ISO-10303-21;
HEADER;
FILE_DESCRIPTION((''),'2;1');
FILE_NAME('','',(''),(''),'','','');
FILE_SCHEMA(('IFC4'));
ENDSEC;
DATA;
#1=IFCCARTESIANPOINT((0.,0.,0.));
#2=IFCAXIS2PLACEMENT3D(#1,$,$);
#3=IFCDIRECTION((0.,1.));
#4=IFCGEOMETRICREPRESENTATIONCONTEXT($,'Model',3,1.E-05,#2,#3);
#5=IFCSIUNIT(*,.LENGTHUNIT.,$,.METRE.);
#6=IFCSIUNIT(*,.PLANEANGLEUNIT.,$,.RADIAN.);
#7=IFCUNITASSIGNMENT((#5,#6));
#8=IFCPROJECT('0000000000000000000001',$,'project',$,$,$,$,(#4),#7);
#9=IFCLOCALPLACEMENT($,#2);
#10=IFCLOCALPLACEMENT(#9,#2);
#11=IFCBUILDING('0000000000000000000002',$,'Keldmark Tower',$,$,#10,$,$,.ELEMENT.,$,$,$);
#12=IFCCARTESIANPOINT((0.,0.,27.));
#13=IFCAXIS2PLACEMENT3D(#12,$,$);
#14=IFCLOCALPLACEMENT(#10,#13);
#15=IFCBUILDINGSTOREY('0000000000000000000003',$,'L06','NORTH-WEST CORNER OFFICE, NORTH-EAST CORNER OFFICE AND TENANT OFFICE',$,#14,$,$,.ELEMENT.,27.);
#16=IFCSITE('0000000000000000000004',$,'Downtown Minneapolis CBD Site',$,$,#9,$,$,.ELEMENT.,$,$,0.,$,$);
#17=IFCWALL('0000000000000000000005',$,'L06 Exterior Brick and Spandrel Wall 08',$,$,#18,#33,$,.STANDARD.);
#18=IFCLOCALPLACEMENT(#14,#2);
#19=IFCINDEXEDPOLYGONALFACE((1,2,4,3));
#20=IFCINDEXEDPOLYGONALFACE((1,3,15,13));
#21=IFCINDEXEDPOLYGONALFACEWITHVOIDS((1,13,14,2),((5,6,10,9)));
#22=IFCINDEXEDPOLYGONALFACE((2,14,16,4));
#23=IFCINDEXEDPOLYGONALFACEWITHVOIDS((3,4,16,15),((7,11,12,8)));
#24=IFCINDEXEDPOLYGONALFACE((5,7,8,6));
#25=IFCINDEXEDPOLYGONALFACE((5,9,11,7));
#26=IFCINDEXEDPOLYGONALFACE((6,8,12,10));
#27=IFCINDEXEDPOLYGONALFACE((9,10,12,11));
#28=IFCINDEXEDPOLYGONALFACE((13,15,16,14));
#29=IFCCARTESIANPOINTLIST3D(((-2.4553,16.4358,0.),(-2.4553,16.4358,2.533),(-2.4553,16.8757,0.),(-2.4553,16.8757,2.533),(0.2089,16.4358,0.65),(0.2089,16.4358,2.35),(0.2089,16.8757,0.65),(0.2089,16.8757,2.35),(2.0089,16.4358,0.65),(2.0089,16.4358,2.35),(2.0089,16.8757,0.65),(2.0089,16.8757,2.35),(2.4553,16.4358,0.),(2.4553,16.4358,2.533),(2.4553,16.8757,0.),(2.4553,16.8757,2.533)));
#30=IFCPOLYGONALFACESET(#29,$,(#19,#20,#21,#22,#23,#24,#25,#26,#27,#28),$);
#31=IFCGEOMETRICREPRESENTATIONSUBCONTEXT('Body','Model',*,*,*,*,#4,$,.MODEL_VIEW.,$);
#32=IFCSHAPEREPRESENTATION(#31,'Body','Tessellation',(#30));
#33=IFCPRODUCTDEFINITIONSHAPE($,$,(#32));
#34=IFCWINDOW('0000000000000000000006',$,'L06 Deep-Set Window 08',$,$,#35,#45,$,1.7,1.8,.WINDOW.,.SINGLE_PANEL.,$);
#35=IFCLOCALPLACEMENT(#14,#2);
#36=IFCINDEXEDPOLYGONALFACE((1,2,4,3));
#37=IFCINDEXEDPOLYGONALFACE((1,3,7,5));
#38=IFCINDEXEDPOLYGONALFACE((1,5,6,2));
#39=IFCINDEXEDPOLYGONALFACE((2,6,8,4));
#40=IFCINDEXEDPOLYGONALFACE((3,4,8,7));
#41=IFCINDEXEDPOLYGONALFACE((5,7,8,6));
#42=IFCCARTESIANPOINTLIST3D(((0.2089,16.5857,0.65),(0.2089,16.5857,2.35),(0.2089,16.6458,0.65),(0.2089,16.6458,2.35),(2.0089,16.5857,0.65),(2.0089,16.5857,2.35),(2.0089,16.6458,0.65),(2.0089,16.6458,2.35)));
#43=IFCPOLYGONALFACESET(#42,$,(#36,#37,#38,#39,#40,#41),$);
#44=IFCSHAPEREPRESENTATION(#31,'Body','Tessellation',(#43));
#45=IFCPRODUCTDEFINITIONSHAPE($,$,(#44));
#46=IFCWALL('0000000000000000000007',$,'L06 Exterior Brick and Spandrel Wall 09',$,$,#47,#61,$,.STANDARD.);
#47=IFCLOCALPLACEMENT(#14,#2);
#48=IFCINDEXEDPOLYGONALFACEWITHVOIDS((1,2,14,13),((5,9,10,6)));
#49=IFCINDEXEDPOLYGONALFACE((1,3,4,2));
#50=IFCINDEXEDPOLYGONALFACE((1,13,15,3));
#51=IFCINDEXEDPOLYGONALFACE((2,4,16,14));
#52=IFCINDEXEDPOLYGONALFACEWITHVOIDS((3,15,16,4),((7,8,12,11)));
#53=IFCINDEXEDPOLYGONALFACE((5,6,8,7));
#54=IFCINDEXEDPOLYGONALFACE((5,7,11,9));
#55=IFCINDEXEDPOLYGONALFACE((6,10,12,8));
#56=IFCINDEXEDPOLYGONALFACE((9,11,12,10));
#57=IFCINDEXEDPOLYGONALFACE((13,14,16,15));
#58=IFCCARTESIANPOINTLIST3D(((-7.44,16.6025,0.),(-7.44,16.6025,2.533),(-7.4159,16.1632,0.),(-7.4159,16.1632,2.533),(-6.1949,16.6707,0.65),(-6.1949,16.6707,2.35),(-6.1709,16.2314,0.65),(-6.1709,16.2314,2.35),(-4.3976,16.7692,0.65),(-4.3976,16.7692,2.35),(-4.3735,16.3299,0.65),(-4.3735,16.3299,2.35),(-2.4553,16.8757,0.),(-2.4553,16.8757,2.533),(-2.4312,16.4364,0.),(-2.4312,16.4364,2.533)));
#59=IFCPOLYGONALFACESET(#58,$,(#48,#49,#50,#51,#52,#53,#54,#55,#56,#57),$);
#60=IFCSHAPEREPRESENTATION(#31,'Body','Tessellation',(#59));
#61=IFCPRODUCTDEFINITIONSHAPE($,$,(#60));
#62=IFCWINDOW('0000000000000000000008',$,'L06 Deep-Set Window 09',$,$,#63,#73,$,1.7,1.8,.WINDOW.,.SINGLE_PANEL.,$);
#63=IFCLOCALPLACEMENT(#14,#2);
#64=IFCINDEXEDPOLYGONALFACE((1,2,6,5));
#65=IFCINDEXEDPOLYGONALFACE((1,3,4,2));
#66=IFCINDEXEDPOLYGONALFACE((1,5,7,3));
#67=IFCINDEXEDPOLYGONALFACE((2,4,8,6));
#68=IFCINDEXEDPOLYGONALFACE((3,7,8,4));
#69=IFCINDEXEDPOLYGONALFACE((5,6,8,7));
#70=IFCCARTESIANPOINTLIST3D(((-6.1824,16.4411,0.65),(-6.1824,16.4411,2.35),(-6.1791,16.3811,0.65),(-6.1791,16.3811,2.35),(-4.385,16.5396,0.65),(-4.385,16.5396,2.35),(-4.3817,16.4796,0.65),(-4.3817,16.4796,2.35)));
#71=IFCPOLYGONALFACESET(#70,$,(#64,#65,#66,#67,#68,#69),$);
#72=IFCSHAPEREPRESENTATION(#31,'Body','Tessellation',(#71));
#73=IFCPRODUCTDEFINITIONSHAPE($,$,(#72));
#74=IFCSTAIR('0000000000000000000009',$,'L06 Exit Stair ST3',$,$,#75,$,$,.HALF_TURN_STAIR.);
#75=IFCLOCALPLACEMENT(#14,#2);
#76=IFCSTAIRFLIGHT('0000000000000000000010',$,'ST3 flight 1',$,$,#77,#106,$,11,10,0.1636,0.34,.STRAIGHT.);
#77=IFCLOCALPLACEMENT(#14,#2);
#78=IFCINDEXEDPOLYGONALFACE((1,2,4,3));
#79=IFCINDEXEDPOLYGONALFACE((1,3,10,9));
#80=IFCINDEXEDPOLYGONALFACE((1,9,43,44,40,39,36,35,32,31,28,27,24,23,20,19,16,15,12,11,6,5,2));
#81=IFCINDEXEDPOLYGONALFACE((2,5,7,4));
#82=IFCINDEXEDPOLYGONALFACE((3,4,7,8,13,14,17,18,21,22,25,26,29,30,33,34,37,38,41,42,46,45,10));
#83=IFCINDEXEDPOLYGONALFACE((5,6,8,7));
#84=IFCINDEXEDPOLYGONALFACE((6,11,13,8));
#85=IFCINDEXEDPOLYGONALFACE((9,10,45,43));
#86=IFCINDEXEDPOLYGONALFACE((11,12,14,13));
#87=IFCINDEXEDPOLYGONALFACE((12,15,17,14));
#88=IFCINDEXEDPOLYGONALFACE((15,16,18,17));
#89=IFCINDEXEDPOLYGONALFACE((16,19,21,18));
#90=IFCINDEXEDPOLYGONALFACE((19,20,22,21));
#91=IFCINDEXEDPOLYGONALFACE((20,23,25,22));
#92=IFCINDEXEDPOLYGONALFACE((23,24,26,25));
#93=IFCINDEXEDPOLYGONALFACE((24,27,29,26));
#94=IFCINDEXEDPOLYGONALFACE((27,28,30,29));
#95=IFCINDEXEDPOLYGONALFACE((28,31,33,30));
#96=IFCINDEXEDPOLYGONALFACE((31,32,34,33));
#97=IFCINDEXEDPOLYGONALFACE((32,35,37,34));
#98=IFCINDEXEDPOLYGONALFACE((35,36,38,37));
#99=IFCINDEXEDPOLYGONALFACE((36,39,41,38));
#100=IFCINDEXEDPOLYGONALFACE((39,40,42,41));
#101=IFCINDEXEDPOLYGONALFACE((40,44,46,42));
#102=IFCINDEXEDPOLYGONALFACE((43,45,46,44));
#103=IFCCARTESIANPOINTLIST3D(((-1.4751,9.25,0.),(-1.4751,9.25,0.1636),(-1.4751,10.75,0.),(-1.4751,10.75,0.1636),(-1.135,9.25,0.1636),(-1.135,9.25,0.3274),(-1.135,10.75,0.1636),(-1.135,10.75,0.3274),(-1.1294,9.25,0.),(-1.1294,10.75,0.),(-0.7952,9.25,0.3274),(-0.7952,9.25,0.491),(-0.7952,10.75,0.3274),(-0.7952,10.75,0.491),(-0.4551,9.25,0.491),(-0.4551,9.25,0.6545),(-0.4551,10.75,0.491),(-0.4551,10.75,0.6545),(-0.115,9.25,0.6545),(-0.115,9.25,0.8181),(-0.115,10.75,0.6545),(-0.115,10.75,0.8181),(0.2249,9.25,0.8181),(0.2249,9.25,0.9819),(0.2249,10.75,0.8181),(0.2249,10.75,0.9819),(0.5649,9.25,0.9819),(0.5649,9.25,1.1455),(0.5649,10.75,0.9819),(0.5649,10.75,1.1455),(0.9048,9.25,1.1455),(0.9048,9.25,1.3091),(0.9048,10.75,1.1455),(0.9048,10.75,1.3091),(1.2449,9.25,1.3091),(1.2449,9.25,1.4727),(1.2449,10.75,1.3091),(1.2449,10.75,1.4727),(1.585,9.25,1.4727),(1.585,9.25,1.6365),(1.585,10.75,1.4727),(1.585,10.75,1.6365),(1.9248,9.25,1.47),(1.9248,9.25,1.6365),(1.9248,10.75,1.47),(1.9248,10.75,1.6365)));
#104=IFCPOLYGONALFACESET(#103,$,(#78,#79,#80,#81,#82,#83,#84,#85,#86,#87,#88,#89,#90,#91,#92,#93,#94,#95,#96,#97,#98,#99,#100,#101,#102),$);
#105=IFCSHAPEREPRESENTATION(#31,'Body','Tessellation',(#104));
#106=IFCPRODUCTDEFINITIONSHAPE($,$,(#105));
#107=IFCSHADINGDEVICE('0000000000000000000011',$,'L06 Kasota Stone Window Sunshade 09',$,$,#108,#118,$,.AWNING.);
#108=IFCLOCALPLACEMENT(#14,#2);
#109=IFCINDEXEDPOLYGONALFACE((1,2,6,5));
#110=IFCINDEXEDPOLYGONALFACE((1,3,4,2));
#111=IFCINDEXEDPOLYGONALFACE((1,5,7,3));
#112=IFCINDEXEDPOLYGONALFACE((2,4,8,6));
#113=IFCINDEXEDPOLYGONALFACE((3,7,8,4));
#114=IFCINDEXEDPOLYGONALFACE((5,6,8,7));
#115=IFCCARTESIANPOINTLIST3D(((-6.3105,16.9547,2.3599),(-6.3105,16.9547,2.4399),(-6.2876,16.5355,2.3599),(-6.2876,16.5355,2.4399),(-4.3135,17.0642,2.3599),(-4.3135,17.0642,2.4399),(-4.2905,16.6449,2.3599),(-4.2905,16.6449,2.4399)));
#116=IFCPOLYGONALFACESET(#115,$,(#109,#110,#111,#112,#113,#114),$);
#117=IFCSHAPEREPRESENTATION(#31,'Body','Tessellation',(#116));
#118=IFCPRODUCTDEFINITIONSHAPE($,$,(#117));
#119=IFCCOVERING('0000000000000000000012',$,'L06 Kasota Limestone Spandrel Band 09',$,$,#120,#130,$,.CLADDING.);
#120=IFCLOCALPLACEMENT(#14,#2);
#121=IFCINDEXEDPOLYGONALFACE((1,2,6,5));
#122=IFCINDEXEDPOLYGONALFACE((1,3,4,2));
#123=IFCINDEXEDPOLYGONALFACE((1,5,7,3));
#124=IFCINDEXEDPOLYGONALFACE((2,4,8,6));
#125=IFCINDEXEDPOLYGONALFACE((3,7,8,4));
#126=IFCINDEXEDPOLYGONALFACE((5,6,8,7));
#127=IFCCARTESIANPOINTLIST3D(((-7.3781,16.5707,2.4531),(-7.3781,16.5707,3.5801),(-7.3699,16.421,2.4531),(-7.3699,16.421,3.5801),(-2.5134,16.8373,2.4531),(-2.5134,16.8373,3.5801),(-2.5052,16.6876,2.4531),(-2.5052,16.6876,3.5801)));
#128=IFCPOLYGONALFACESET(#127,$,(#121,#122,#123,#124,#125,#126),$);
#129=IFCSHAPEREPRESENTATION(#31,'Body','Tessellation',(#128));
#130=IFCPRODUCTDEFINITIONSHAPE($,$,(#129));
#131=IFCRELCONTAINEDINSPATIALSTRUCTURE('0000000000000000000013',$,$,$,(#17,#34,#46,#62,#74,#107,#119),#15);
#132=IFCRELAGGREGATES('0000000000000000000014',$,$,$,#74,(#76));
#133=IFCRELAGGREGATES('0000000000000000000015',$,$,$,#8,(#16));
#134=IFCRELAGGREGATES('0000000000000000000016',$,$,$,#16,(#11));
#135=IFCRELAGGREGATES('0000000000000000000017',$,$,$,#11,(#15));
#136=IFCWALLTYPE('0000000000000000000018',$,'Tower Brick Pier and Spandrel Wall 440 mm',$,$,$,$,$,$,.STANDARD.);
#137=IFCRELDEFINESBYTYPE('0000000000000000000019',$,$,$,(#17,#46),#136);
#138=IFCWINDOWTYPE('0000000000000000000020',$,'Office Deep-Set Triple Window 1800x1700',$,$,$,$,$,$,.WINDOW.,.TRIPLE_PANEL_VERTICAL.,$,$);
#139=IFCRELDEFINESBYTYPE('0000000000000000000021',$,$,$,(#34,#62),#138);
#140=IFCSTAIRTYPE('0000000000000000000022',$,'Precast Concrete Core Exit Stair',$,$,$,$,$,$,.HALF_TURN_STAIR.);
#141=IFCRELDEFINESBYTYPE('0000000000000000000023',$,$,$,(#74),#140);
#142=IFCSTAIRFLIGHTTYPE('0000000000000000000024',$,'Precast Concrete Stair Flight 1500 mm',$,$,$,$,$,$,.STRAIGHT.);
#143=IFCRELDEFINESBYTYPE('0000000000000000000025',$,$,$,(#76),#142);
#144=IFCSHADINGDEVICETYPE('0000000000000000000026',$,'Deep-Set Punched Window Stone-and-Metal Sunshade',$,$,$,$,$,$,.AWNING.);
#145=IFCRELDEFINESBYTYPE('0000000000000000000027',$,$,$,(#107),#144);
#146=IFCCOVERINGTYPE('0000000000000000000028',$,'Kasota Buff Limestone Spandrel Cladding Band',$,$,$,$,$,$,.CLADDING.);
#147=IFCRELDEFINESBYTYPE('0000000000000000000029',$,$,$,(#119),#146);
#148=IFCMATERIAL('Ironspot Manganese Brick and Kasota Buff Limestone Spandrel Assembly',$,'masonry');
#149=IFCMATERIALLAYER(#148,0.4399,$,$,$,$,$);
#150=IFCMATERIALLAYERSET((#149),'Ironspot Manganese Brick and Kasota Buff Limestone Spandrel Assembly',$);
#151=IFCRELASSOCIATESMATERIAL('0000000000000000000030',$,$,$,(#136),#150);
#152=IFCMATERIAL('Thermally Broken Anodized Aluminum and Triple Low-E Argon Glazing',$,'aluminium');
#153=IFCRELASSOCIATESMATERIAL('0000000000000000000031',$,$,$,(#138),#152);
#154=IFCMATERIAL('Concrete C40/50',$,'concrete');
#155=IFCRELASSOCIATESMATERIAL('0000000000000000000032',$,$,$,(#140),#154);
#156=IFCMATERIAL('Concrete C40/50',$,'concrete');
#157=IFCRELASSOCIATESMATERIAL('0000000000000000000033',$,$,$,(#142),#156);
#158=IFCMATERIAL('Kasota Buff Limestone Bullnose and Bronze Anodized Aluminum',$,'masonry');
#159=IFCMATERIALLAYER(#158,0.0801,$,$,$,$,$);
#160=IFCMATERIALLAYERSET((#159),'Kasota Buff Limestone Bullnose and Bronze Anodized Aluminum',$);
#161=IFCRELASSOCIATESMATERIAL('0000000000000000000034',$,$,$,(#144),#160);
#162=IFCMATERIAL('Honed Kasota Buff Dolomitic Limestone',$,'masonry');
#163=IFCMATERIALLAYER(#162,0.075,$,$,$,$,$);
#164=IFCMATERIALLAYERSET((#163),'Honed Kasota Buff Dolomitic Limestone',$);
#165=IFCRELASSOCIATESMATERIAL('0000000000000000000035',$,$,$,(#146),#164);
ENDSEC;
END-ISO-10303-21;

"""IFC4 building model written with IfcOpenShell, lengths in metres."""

from ifc_helpers import new_model, si_unit, direction, frame, frame_2d, origin, origin_2d, place, context, subcontext, project, spatial, polyline, rectangle, outline, extrude, material, layer, layer_set, type_object, element, fill, aggregate, save


model = new_model("IFC4")

# Units and contexts
model_context = context("Model", 3, precision=1e-05, world=origin(), true_north=direction((0.0, 1.0)))
body_context = subcontext(model_context, "Body", "Model", "MODEL_VIEW")
ifc_project = project(units=[si_unit("LENGTHUNIT", "METRE"), si_unit("PLANEANGLEUNIT", "RADIAN")], contexts=[model_context])

# Site, building, storey
site_placement = place(None, origin())
site = spatial("IfcSite", under=ifc_project, at=site_placement, Name="Downtown Minneapolis CBD Site", CompositionType="ELEMENT", RefElevation=0.0)
building_placement = place(site_placement, origin())
building = spatial("IfcBuilding", under=site, at=building_placement, Name="Keldmark Tower", CompositionType="ELEMENT")
storey_placement = place(building_placement, frame((0.0, 0.0, 27.0)))
storey = spatial("IfcBuildingStorey", under=building, at=storey_placement, Name="L06", Description="NORTH-WEST CORNER OFFICE, NORTH-EAST CORNER OFFICE AND TENANT OFFICE", CompositionType="ELEMENT", Elevation=27.0)

# Walls, openings, windows
ifc_material_1 = material(Name="Ironspot Manganese Brick and Kasota Buff Limestone Spandrel Assembly", Category="masonry")
ifc_layer_1 = layer(ifc_material_1, 0.4399)
ifc_layer_set_1 = layer_set([ifc_layer_1], Name="Ironspot Manganese Brick and Kasota Buff Limestone Spandrel Assembly")
wall_type_1 = type_object("IfcWallType", Name="Tower Brick Pier and Spandrel Wall 440 mm", PredefinedType="STANDARD", material=ifc_layer_set_1)
wall_1_placement = place(storey_placement, frame((-2.4553, 16.6558, 0.0), z_axis=(0.0, 0.0, 1.0), x_axis=(1.0, 0.0, 0.0)))
wall_1 = element("IfcWall", 1, at=wall_1_placement, inside=storey, type_object=wall_type_1, Name="L06 Exterior Brick and Spandrel Wall 08", PredefinedType="STANDARD", context=body_context, shape_type="SweptSolid", body=[
    extrude(rectangle(XDim=4.9106, YDim=0.4399, at=frame_2d((2.4553, 0.0))), origin(), (0.0, 0.0, 1.0), 2.533),
])
opening_1_placement = place(wall_1_placement, frame((2.6643, 0.0, 0.6499)))
opening_1 = element("IfcOpeningElement", 2, at=opening_1_placement, cuts=wall_1, PredefinedType="OPENING", context=body_context, shape_type="SweptSolid", body=[
    extrude(rectangle(XDim=1.8, YDim=1.7, at=frame_2d((0.8999, 0.8501))), frame((0.0, 0.23, 0.0), z_axis=(0.0, -1.0, 0.0), x_axis=(1.0, 0.0, 0.0)), (0.0, 0.0, 1.0), 0.46),
])
ifc_material_2 = material(Name="Thermally Broken Anodized Aluminum and Triple Low-E Argon Glazing", Category="aluminium")
window_type = type_object("IfcWindowType", Name="Office Deep-Set Triple Window 1800x1700", PartitioningType="TRIPLE_PANEL_VERTICAL", PredefinedType="WINDOW", material=ifc_material_2)
window_1_placement = place(opening_1_placement, origin())
window_1 = element("IfcWindow", 3, at=window_1_placement, inside=storey, type_object=window_type, Name="L06 Deep-Set Window 08", OverallHeight=1.7, OverallWidth=1.8, PartitioningType="SINGLE_PANEL", PredefinedType="WINDOW", context=body_context, shape_type="SweptSolid", body=[
    extrude(rectangle(XDim=1.8, YDim=1.7, at=frame_2d((0.8999, 0.8501))), frame((0.0, -0.01, 0.0), z_axis=(0.0, -1.0, 0.0), x_axis=(1.0, 0.0, 0.0)), (0.0, 0.0, 1.0), 0.0601),
])
fill(opening_1, window_1)
wall_2_placement = place(storey_placement, frame((-7.428, 16.3828, 0.0), z_axis=(0.0, 0.0, 1.0), x_axis=(0.998501, 0.054725, 0.0)))
wall_2 = element("IfcWall", 4, at=wall_2_placement, inside=storey, type_object=wall_type_1, Name="L06 Exterior Brick and Spandrel Wall 09", PredefinedType="STANDARD", context=body_context, shape_type="SweptSolid", body=[
    extrude(rectangle(XDim=4.9922, YDim=0.4399, at=frame_2d((2.4961, 0.0))), origin(), (0.0, 0.0, 1.0), 2.533),
])
opening_2_placement = place(wall_2_placement, frame((1.2471, 0.0, 0.6499)))
opening_2 = element("IfcOpeningElement", 5, at=opening_2_placement, cuts=wall_2, PredefinedType="OPENING", context=body_context, shape_type="SweptSolid", body=[
    extrude(rectangle(XDim=1.8, YDim=1.7, at=frame_2d((0.8999, 0.8501))), frame((0.0, 0.23, 0.0), z_axis=(0.0, -1.0, 0.0), x_axis=(1.0, 0.0, 0.0)), (0.0, 0.0, 1.0), 0.46),
])
window_2_placement = place(opening_2_placement, origin())
window_2 = element("IfcWindow", 6, at=window_2_placement, inside=storey, type_object=window_type, Name="L06 Deep-Set Window 09", OverallHeight=1.7, OverallWidth=1.8, PartitioningType="SINGLE_PANEL", PredefinedType="WINDOW", context=body_context, shape_type="SweptSolid", body=[
    extrude(rectangle(XDim=1.8, YDim=1.7, at=frame_2d((0.8999, 0.8501))), frame((0.0, -0.01, 0.0), z_axis=(0.0, -1.0, 0.0), x_axis=(1.0, 0.0, 0.0)), (0.0, 0.0, 1.0), 0.0601),
])
fill(opening_2, window_2)

# Stair, stair flight
ifc_material_3 = material(Name="Concrete C40/50", Category="concrete")
stair_type = type_object("IfcStairType", Name="Precast Concrete Core Exit Stair", PredefinedType="HALF_TURN_STAIR", material=ifc_material_3)
stair_placement = place(storey_placement, origin())
stair = element("IfcStair", 7, at=stair_placement, inside=storey, type_object=stair_type, Name="L06 Exit Stair ST3", PredefinedType="HALF_TURN_STAIR")
ifc_material_4 = material(Name="Concrete C40/50", Category="concrete")
stair_flight_type = type_object("IfcStairFlightType", Name="Precast Concrete Stair Flight 1500 mm", PredefinedType="STRAIGHT", material=ifc_material_4)
stair_flight_placement = place(storey_placement, frame((-1.4751, 10.0, 0.0), z_axis=(0.0, 0.0, 1.0), x_axis=(1.0, 0.0, 0.0)))
stair_flight = element("IfcStairFlight", 8, at=stair_flight_placement, type_object=stair_flight_type, Name="ST3 flight 1", NumberOfRisers=11, NumberOfTreads=10, PredefinedType="STRAIGHT", RiserHeight=0.1636, TreadLength=0.34, context=body_context, shape_type="SweptSolid", body=[
    extrude(outline(polyline([(0.0, 0.0), (0.0, 0.1636), (0.3401, 0.1636), (0.3401, 0.3274), (0.6799, 0.3274), (0.6799, 0.491), (1.02, 0.491), (1.02, 0.6545), (1.3601, 0.6545), (1.3601, 0.8181), (1.7, 0.8181), (1.7, 0.9819), (2.04, 0.9819), (2.04, 1.1455), (2.3799, 1.1455), (2.3799, 1.3091), (2.72, 1.3091), (2.72, 1.4727), (3.0601, 1.4727), (3.0601, 1.6365), (3.3999, 1.6365), (3.3999, 1.8), (3.3999, 1.47), (0.3457, 0.0), (0.0, 0.0)])), frame((0.0, 0.75, 0.0), z_axis=(0.0, -1.0, 0.0), x_axis=(1.0, 0.0, 0.0)), (0.0, 0.0, 1.0), 1.5),
])
aggregate(stair, [stair_flight])

# Shading device
ifc_material_5 = material(Name="Kasota Buff Limestone Bullnose and Bronze Anodized Aluminum", Category="masonry")
ifc_layer_2 = layer(ifc_material_5, 0.0801)
ifc_layer_set_2 = layer_set([ifc_layer_2], Name="Kasota Buff Limestone Bullnose and Bronze Anodized Aluminum")
shading_device_type = type_object("IfcShadingDeviceType", Name="Deep-Set Punched Window Stone-and-Metal Sunshade", PredefinedType="AWNING", material=ifc_layer_set_2)
shading_device_placement = place(storey_placement, frame((-5.3005, 16.7998, 2.3599), z_axis=(0.0, 0.0, 1.0), x_axis=(0.998502, 0.054706, 0.0)))
element("IfcShadingDevice", 9, at=shading_device_placement, inside=storey, type_object=shading_device_type, Name="L06 Kasota Stone Window Sunshade 09", PredefinedType="AWNING", context=body_context, shape_type="SweptSolid", body=[
    extrude(rectangle(XDim=2.0, YDim=0.4199, at=origin_2d()), origin(), (0.0, 0.0, 1.0), 0.0801),
])

# Covering
ifc_material_6 = material(Name="Honed Kasota Buff Dolomitic Limestone", Category="masonry")
ifc_layer_3 = layer(ifc_material_6, 0.075)
ifc_layer_set_3 = layer_set([ifc_layer_3], Name="Honed Kasota Buff Dolomitic Limestone")
covering_type = type_object("IfcCoveringType", Name="Kasota Buff Limestone Spandrel Cladding Band", PredefinedType="CLADDING", material=ifc_layer_set_3)
covering_placement = place(storey_placement, frame((-4.9417, 16.6292, 2.4531), z_axis=(0.0, 0.0, 1.0), x_axis=(-0.998502, -0.054706, 0.0)))
element("IfcCovering", 10, at=covering_placement, inside=storey, type_object=covering_type, Name="L06 Kasota Limestone Spandrel Band 09", PredefinedType="CLADDING", context=body_context, shape_type="SweptSolid", body=[
    extrude(rectangle(XDim=4.8721, YDim=0.1499, at=origin_2d()), origin(), (0.0, 0.0, 1.0), 1.127),
])

save(model, "model.ifc")
